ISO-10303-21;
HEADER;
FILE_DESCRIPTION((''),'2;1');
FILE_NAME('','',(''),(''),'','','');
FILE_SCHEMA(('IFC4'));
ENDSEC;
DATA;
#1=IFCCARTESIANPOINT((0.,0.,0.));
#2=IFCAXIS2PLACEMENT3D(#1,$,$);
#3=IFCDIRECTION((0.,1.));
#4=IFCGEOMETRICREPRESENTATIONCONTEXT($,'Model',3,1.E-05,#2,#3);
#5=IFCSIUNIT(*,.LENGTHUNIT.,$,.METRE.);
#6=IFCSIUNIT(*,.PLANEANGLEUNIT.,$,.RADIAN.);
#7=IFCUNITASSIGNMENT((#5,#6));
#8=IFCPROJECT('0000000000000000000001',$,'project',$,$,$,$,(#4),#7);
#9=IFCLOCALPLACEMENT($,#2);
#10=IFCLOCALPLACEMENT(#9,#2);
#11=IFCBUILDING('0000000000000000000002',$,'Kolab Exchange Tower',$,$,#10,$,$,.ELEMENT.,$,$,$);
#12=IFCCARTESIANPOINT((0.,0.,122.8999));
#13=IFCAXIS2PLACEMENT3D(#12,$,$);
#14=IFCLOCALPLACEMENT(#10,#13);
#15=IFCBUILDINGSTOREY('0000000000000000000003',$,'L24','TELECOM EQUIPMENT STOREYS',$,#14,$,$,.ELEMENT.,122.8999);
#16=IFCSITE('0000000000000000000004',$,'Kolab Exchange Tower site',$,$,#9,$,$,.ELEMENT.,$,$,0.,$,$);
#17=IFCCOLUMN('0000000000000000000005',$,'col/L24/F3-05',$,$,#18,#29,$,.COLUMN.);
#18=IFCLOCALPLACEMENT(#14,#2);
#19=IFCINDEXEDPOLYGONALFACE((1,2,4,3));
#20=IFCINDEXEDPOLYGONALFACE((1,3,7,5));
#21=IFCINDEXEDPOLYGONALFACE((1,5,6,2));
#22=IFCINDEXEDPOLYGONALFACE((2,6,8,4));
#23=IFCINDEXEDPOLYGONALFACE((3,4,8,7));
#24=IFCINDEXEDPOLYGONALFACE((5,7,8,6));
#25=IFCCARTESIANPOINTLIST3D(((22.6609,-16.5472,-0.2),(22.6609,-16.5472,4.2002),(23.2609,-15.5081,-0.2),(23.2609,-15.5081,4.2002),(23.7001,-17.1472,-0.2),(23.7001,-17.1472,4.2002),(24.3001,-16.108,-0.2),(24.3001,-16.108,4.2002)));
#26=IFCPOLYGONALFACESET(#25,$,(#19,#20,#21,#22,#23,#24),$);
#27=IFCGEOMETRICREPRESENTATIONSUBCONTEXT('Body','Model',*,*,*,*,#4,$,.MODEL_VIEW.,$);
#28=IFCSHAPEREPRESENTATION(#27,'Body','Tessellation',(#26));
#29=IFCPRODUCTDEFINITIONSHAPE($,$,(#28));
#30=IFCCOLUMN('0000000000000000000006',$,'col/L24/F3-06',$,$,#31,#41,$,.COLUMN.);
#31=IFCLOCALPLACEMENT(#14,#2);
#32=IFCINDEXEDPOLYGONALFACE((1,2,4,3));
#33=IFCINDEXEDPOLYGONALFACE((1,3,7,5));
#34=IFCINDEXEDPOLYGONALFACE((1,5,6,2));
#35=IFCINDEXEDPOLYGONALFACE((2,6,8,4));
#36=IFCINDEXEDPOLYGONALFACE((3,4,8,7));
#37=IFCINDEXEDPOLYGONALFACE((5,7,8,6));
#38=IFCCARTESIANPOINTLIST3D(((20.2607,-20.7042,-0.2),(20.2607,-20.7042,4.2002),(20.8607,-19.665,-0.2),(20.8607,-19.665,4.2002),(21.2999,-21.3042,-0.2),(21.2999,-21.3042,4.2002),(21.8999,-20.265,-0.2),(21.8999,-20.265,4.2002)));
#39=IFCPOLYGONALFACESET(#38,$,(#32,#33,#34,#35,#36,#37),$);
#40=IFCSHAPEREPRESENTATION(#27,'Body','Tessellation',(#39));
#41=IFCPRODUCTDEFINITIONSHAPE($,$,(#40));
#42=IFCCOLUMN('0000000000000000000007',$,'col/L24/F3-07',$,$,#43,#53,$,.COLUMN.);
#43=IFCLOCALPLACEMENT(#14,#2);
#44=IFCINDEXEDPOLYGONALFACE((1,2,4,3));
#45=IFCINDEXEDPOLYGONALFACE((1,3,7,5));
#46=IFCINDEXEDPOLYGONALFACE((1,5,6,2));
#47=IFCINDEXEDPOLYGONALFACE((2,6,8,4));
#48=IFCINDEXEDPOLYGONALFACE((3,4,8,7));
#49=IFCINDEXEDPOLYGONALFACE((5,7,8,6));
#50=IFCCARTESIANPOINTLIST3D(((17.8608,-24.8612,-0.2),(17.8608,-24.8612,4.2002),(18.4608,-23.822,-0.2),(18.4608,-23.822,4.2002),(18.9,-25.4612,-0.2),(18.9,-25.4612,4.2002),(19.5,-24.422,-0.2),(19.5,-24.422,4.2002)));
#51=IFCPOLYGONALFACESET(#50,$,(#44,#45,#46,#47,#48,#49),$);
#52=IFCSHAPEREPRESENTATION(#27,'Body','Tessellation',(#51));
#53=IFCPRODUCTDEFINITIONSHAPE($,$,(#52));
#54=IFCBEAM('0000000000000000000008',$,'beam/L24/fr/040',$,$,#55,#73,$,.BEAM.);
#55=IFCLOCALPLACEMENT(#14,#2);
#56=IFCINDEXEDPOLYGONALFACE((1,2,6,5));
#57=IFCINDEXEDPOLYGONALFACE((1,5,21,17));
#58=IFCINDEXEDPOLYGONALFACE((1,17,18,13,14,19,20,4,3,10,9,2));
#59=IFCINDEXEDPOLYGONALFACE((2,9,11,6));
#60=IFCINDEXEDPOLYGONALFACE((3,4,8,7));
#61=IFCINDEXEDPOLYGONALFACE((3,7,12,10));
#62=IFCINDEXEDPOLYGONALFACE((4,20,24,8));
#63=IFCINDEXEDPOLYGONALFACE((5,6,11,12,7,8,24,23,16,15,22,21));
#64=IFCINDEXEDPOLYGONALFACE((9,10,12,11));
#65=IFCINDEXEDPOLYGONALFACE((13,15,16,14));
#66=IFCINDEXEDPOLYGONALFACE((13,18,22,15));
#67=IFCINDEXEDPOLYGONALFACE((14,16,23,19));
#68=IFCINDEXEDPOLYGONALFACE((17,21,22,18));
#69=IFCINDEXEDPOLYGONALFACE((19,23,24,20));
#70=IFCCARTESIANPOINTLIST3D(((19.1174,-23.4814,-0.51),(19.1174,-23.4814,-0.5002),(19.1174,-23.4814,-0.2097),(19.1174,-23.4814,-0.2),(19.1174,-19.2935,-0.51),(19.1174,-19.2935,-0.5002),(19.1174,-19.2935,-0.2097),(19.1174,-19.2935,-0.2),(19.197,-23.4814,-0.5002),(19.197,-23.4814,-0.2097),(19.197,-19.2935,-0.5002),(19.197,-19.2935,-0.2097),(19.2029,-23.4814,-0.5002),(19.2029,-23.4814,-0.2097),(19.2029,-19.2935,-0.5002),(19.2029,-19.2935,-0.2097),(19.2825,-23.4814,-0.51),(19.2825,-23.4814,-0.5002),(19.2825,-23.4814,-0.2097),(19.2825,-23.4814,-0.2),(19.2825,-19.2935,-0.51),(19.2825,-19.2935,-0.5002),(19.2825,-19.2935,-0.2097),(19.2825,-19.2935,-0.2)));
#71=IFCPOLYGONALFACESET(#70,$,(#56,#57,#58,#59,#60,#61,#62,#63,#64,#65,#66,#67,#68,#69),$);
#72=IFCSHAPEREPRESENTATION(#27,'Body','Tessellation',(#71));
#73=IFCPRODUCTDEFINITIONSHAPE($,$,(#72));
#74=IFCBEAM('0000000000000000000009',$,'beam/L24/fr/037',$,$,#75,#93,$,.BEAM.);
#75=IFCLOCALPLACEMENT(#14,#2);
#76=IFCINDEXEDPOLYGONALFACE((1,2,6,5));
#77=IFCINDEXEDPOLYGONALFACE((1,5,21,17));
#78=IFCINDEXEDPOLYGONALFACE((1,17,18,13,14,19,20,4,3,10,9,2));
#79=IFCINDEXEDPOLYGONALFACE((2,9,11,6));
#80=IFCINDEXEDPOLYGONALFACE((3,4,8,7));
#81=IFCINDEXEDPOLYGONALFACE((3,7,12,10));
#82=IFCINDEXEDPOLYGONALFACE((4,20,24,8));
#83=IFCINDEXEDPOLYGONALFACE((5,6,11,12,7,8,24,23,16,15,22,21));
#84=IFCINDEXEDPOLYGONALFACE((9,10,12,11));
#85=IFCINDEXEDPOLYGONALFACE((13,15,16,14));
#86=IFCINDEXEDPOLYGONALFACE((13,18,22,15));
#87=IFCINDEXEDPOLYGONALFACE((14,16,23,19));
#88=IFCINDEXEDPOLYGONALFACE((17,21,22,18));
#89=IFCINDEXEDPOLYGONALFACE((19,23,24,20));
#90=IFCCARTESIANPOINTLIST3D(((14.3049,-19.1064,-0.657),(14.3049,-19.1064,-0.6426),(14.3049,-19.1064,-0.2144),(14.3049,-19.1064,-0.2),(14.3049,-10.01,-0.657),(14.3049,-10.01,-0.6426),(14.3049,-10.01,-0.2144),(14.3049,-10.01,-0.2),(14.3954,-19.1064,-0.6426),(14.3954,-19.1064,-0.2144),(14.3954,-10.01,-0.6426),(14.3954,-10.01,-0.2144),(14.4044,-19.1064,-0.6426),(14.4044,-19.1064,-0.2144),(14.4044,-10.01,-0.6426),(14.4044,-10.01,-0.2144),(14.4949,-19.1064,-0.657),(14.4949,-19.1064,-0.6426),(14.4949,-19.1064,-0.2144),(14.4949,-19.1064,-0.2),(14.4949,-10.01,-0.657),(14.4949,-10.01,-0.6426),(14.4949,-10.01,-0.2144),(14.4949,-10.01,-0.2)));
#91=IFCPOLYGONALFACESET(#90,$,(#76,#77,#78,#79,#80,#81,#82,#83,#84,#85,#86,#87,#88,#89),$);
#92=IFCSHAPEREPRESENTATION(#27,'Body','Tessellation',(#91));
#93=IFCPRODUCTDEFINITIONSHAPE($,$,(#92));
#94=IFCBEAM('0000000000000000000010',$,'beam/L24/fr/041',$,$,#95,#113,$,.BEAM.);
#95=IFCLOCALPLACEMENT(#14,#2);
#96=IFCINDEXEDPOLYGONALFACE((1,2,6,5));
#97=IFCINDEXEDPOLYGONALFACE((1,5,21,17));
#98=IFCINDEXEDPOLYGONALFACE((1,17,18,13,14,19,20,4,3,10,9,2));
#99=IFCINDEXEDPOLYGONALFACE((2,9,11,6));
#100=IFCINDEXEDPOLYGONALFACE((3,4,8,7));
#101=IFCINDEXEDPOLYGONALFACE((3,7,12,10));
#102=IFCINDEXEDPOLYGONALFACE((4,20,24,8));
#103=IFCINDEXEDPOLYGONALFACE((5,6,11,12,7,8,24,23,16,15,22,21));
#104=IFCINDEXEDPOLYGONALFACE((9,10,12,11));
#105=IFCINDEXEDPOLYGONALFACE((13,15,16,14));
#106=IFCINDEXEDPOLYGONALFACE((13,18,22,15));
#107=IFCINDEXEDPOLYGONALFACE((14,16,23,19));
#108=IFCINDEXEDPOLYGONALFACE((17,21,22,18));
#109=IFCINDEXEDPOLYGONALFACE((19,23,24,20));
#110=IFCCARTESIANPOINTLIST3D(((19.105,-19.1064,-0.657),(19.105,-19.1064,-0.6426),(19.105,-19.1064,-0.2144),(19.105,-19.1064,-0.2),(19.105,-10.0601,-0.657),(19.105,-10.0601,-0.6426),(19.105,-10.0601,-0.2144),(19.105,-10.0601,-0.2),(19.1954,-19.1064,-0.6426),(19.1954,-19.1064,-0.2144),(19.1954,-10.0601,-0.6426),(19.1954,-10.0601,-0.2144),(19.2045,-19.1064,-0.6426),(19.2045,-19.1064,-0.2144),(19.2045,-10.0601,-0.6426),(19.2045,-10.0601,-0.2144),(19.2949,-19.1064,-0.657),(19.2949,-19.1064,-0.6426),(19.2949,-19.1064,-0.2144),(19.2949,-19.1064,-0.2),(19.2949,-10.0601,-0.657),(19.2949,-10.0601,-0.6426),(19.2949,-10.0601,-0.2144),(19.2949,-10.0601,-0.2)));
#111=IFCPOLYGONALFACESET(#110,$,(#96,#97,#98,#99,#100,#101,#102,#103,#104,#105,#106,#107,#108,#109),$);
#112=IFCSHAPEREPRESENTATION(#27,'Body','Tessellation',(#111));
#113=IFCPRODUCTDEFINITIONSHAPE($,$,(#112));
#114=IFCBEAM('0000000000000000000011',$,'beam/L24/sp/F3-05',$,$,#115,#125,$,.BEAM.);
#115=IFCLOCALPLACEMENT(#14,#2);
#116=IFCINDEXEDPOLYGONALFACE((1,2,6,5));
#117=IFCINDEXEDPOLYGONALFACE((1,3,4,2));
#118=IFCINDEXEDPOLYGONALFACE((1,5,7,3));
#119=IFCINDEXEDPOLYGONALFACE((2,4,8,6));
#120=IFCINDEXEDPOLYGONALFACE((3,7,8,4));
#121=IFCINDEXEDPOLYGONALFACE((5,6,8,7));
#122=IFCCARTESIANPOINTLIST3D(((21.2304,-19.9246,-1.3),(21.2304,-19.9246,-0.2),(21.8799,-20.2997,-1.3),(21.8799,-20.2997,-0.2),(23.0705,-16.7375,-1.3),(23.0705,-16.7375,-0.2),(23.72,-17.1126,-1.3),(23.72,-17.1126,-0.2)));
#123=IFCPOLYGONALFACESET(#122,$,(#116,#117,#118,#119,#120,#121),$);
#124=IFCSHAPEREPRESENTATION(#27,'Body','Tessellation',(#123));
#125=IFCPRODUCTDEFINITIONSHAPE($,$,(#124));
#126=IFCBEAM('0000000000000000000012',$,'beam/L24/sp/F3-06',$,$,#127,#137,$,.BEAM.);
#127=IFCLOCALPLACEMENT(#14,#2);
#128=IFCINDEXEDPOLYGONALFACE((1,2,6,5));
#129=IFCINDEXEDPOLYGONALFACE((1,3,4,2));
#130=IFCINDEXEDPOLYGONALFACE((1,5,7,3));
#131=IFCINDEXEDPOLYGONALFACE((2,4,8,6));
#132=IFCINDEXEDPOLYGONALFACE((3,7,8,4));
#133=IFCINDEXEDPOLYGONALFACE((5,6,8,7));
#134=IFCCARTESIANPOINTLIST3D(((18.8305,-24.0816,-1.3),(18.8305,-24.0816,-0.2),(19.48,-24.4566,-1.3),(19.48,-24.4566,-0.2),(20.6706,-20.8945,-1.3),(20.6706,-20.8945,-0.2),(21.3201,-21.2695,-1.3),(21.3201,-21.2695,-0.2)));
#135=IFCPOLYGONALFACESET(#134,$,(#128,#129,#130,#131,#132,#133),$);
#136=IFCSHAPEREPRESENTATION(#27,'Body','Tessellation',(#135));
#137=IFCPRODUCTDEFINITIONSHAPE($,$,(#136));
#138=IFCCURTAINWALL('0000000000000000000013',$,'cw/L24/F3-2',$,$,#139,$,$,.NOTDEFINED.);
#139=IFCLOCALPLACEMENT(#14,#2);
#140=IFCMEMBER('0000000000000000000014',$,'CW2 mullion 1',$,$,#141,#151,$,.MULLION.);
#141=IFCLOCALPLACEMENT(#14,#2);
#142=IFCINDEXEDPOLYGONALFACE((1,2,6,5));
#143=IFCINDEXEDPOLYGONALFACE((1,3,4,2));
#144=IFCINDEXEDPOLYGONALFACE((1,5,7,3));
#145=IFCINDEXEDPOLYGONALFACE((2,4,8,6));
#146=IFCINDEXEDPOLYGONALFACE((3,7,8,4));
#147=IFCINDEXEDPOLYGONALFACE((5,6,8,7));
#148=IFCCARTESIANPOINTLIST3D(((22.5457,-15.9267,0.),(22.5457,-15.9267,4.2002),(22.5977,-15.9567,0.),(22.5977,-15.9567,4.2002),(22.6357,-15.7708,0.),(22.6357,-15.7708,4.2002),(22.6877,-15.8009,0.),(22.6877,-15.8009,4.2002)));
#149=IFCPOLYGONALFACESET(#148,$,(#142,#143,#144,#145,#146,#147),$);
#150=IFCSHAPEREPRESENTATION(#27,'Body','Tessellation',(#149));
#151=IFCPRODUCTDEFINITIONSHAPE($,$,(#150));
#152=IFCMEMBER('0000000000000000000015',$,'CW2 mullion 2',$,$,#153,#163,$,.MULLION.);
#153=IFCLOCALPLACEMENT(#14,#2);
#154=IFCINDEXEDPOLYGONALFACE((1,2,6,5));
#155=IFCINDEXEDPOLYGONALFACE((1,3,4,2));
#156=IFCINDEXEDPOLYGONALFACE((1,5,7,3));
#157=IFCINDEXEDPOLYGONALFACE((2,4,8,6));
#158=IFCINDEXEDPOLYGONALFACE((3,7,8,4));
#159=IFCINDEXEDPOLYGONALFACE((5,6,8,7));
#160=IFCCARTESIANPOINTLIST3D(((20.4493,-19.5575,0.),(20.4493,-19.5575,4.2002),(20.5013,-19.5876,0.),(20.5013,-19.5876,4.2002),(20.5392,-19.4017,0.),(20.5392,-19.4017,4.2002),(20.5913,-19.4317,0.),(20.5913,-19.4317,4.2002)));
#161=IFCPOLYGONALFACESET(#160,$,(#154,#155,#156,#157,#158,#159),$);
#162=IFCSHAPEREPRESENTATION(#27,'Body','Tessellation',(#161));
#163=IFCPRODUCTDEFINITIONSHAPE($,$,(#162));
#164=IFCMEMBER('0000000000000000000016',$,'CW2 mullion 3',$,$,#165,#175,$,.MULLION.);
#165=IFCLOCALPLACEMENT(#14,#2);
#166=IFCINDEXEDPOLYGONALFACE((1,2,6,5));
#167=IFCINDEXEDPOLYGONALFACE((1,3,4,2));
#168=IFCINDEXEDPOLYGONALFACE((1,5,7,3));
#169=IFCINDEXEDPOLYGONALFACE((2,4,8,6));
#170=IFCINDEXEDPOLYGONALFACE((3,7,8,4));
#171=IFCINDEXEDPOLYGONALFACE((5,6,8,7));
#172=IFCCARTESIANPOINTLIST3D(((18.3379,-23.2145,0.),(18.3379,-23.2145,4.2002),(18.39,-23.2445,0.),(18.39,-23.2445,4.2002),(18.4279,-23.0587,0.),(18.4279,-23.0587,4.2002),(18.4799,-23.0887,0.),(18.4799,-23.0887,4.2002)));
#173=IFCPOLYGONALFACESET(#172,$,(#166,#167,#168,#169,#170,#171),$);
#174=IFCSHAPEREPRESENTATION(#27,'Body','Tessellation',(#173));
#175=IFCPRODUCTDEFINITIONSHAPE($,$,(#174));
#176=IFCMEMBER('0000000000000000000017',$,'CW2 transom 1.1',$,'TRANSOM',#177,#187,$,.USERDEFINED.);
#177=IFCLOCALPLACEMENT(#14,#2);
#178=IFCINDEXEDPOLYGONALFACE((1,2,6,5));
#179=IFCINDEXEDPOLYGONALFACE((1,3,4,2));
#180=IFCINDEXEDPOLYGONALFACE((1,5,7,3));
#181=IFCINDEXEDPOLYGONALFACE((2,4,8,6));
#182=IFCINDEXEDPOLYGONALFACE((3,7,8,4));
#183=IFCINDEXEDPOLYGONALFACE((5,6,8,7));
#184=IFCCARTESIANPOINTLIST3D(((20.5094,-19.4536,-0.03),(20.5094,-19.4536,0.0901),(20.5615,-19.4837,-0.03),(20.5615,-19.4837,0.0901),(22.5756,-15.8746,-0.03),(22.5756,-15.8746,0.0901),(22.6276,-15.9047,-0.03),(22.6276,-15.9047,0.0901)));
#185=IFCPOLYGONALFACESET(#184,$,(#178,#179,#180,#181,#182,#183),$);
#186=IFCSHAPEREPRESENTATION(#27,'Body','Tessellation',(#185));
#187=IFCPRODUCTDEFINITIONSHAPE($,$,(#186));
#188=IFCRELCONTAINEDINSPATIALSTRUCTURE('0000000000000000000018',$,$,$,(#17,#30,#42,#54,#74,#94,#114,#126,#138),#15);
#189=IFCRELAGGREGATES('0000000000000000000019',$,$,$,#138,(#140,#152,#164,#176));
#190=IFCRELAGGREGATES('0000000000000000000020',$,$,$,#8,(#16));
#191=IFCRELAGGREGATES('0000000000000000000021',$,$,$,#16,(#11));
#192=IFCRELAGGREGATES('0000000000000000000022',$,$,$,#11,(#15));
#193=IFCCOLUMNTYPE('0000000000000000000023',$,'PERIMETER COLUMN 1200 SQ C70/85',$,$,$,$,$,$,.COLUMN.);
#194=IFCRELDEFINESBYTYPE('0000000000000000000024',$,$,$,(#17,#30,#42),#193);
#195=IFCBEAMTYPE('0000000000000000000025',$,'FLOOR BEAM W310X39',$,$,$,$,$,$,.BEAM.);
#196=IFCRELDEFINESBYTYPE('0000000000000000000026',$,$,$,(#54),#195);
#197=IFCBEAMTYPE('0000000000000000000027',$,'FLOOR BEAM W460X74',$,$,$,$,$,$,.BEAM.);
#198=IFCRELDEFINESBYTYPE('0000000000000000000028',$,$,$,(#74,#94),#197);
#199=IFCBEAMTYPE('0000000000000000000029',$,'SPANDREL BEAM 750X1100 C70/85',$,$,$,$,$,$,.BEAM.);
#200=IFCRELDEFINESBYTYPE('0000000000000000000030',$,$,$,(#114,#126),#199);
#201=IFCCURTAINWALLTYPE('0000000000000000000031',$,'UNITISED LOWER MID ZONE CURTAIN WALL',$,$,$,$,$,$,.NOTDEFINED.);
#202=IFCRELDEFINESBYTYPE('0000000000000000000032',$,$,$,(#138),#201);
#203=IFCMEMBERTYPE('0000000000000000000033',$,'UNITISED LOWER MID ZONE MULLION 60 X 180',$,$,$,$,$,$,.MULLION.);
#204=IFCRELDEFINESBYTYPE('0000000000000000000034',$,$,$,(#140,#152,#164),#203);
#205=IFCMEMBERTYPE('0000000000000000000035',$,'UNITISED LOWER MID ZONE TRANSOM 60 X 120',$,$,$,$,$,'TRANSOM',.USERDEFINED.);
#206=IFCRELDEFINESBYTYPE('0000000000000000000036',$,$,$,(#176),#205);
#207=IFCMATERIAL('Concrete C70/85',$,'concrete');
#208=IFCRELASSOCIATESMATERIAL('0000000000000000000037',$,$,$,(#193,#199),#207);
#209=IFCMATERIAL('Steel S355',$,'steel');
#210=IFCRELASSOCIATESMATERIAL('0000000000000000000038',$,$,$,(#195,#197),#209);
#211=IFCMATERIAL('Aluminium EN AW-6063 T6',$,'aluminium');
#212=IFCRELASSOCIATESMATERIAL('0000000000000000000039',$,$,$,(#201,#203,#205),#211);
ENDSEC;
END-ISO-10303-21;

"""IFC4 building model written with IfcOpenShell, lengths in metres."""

from ifc_helpers import new_model, si_unit, direction, frame, origin, origin_2d, place, context, subcontext, project, spatial, rectangle, i_section, extrude, material, material_profile, profile_set, type_object, element, aggregate, save


model = new_model("IFC4")

# Units and contexts
model_context = context("Model", 3, precision=1e-05, world=origin(), true_north=direction((0.0, 1.0)))
body_context = subcontext(model_context, "Body", "Model", "MODEL_VIEW")
ifc_project = project(units=[si_unit("LENGTHUNIT", "METRE"), si_unit("PLANEANGLEUNIT", "RADIAN")], contexts=[model_context])

# Site, building, storey
site_placement = place(None, origin())
site = spatial("IfcSite", under=ifc_project, at=site_placement, Name="Kolab Exchange Tower site", CompositionType="ELEMENT", RefElevation=0.0)
building_placement = place(site_placement, origin())
building = spatial("IfcBuilding", under=site, at=building_placement, Name="Kolab Exchange Tower", CompositionType="ELEMENT")
storey_placement = place(building_placement, frame((0.0, 0.0, 122.8999)))
storey = spatial("IfcBuildingStorey", under=building, at=storey_placement, Name="L24", Description="TELECOM EQUIPMENT STOREYS", CompositionType="ELEMENT", Elevation=122.8999)

# Columns
ifc_material_1 = material(Name="Concrete C70/85", Category="concrete")
ifc_material_profile_1 = material_profile(ifc_material_1, rectangle(XDim=1.2, YDim=1.2, at=origin_2d()), Name="RC1200")
ifc_profile_set_1 = profile_set([ifc_material_profile_1], Name="Concrete C70/85")
column_type = type_object("IfcColumnType", Name="PERIMETER COLUMN 1200 SQ C70/85", PredefinedType="COLUMN", material=ifc_profile_set_1)
for number, where, z_axis, x_axis, name in (
    (1, (23.4805, -16.3276, -0.2), (0.0, 0.0, 1.0), (0.5, 0.866025, 0.0), "col/L24/F3-05"),
    (2, (21.0803, -20.4846, -0.2), (0.0, 0.0, 1.0), (0.5, 0.866025, 0.0), "col/L24/F3-06"),
    (3, (18.6804, -24.6416, -0.2), (0.0, 0.0, 1.0), (0.5, 0.866025, 0.0), "col/L24/F3-07"),
):
    element("IfcColumn", number, at=place(storey_placement, frame(where, z_axis=z_axis, x_axis=x_axis)), inside=storey, type_object=column_type, Name=name, PredefinedType="COLUMN", context=body_context, shape_type="SweptSolid", body=[
        extrude(rectangle(XDim=1.2, YDim=1.2, at=origin_2d()), origin(), (0.0, 0.0, 1.0), 4.4001),
    ])

# Beams
ifc_material_2 = material(Name="Steel S355", Category="steel")
ifc_material_profile_2 = material_profile(ifc_material_2, i_section(OverallWidth=0.165, OverallDepth=0.3101, WebThickness=0.0059, FlangeThickness=0.0098, at=origin_2d()), Name="W310X39")
ifc_profile_set_2 = profile_set([ifc_material_profile_2], Name="Steel S355")
beam_type_1 = type_object("IfcBeamType", Name="FLOOR BEAM W310X39", PredefinedType="BEAM", material=ifc_profile_set_2)
beam_1_placement = place(storey_placement, frame((19.2, -23.4814, -0.355), z_axis=(0.0, 1.0, 0.0), x_axis=(-1.0, 0.0, 0.0)))
element("IfcBeam", 4, at=beam_1_placement, inside=storey, type_object=beam_type_1, Name="beam/L24/fr/040", PredefinedType="BEAM", context=body_context, shape_type="SweptSolid", body=[
    extrude(i_section(OverallWidth=0.165, OverallDepth=0.3101, WebThickness=0.0059, FlangeThickness=0.0098, at=origin_2d()), origin(), (0.0, 0.0, 1.0), 4.188),
])
ifc_material_profile_3 = material_profile(ifc_material_2, i_section(OverallWidth=0.1899, OverallDepth=0.457, WebThickness=0.009, FlangeThickness=0.0144, at=origin_2d()), Name="W460X74")
ifc_profile_set_3 = profile_set([ifc_material_profile_3], Name="Steel S355")
beam_type_2 = type_object("IfcBeamType", Name="FLOOR BEAM W460X74", PredefinedType="BEAM", material=ifc_profile_set_3)
beam_2_placement = place(storey_placement, frame((14.3999, -19.1064, -0.4285), z_axis=(0.0, 1.0, 0.0), x_axis=(-1.0, 0.0, 0.0)))
element("IfcBeam", 5, at=beam_2_placement, inside=storey, type_object=beam_type_2, Name="beam/L24/fr/037", PredefinedType="BEAM", context=body_context, shape_type="SweptSolid", body=[
    extrude(i_section(OverallWidth=0.1899, OverallDepth=0.457, WebThickness=0.009, FlangeThickness=0.0144, at=origin_2d()), origin(), (0.0, 0.0, 1.0), 9.0964),
])
beam_3_placement = place(storey_placement, frame((19.2, -19.1064, -0.4285), z_axis=(0.0, 1.0, 0.0), x_axis=(-1.0, 0.0, 0.0)))
element("IfcBeam", 6, at=beam_3_placement, inside=storey, type_object=beam_type_2, Name="beam/L24/fr/041", PredefinedType="BEAM", context=body_context, shape_type="SweptSolid", body=[
    extrude(i_section(OverallWidth=0.1899, OverallDepth=0.457, WebThickness=0.009, FlangeThickness=0.0144, at=origin_2d()), origin(), (0.0, 0.0, 1.0), 9.0464),
])
ifc_material_profile_4 = material_profile(ifc_material_1, rectangle(XDim=0.75, YDim=1.1001, at=origin_2d()), Name="RC750X1100")
ifc_profile_set_4 = profile_set([ifc_material_profile_4], Name="Concrete C70/85")
beam_type_3 = type_object("IfcBeamType", Name="SPANDREL BEAM 750X1100 C70/85", PredefinedType="BEAM", material=ifc_profile_set_4)
for number, where, z_axis, x_axis, name in (
    (7, (23.3953, -16.925, -0.75), (-0.500013, -0.866018, 0.0), (0.866018, -0.500013, 0.0), "beam/L24/sp/F3-05"),
    (8, (20.9954, -21.082, -0.75), (-0.500013, -0.866018, 0.0), (0.866018, -0.500013, 0.0), "beam/L24/sp/F3-06"),
):
    element("IfcBeam", number, at=place(storey_placement, frame(where, z_axis=z_axis, x_axis=x_axis)), inside=storey, type_object=beam_type_3, Name=name, PredefinedType="BEAM", context=body_context, shape_type="SweptSolid", body=[
        extrude(rectangle(XDim=0.75, YDim=1.1001, at=origin_2d()), origin(), (0.0, 0.0, 1.0), 3.6802),
    ])

# Curtain wall, members
ifc_material_3 = material(Name="Aluminium EN AW-6063 T6", Category="aluminium")
curtain_wall_type = type_object("IfcCurtainWallType", Name="UNITISED LOWER MID ZONE CURTAIN WALL", PredefinedType="NOTDEFINED", material=ifc_material_3)
curtain_wall_placement = place(storey_placement, origin())
curtain_wall = element("IfcCurtainWall", 9, at=curtain_wall_placement, inside=storey, type_object=curtain_wall_type, Name="cw/L24/F3-2", PredefinedType="NOTDEFINED")
ifc_material_profile_5 = material_profile(ifc_material_3, rectangle(XDim=0.0601, YDim=0.1799, at=origin_2d()), Name="RECT 60X180")
ifc_profile_set_5 = profile_set([ifc_material_profile_5], Name="Aluminium EN AW-6063 T6")
member_type_1 = type_object("IfcMemberType", Name="UNITISED LOWER MID ZONE MULLION 60 X 180", PredefinedType="MULLION", material=ifc_profile_set_5)
member_1_placement = place(storey_placement, frame((22.6167, -15.8638, 0.0), z_axis=(0.0, 0.0, 1.0), x_axis=(0.866025, -0.5, 0.0)))
member_1 = element("IfcMember", 10, at=member_1_placement, type_object=member_type_1, Name="CW2 mullion 1", PredefinedType="MULLION", context=body_context, shape_type="SweptSolid", body=[
    extrude(rectangle(XDim=0.0601, YDim=0.1799, at=origin_2d()), origin(), (0.0, 0.0, 1.0), 4.2002),
])
member_2_placement = place(storey_placement, frame((20.5203, -19.4946, 0.0), z_axis=(0.0, 0.0, 1.0), x_axis=(0.866025, -0.5, 0.0)))
member_2 = element("IfcMember", 11, at=member_2_placement, type_object=member_type_1, Name="CW2 mullion 2", PredefinedType="MULLION", context=body_context, shape_type="SweptSolid", body=[
    extrude(rectangle(XDim=0.0601, YDim=0.1799, at=origin_2d()), origin(), (0.0, 0.0, 1.0), 4.2002),
])
member_3_placement = place(storey_placement, frame((18.4089, -23.1516, 0.0), z_axis=(0.0, 0.0, 1.0), x_axis=(0.866025, -0.5, 0.0)))
member_3 = element("IfcMember", 12, at=member_3_placement, type_object=member_type_1, Name="CW2 mullion 3", PredefinedType="MULLION", context=body_context, shape_type="SweptSolid", body=[
    extrude(rectangle(XDim=0.0601, YDim=0.1799, at=origin_2d()), origin(), (0.0, 0.0, 1.0), 4.2002),
])
ifc_material_profile_6 = material_profile(ifc_material_3, rectangle(XDim=0.0601, YDim=0.1201, at=origin_2d()), Name="RECT 60X120")
ifc_profile_set_6 = profile_set([ifc_material_profile_6], Name="Aluminium EN AW-6063 T6")
member_type_2 = type_object("IfcMemberType", Name="UNITISED LOWER MID ZONE TRANSOM 60 X 120", ElementType="TRANSOM", PredefinedType="USERDEFINED", material=ifc_profile_set_6)
member_4_placement = place(storey_placement, frame((22.6016, -15.8896, 0.03), z_axis=(-0.499958, -0.86605, 0.0), x_axis=(0.86605, -0.499958, 0.0)))
member_4 = element("IfcMember", 13, at=member_4_placement, type_object=member_type_2, Name="CW2 transom 1.1", ObjectType="TRANSOM", PredefinedType="USERDEFINED", context=body_context, shape_type="SweptSolid", body=[
    extrude(rectangle(XDim=0.0601, YDim=0.1201, at=origin_2d()), origin(), (0.0, 0.0, 1.0), 4.1326),
])
aggregate(curtain_wall, [member_1, member_2, member_3, member_4])

save(model, "model.ifc")
